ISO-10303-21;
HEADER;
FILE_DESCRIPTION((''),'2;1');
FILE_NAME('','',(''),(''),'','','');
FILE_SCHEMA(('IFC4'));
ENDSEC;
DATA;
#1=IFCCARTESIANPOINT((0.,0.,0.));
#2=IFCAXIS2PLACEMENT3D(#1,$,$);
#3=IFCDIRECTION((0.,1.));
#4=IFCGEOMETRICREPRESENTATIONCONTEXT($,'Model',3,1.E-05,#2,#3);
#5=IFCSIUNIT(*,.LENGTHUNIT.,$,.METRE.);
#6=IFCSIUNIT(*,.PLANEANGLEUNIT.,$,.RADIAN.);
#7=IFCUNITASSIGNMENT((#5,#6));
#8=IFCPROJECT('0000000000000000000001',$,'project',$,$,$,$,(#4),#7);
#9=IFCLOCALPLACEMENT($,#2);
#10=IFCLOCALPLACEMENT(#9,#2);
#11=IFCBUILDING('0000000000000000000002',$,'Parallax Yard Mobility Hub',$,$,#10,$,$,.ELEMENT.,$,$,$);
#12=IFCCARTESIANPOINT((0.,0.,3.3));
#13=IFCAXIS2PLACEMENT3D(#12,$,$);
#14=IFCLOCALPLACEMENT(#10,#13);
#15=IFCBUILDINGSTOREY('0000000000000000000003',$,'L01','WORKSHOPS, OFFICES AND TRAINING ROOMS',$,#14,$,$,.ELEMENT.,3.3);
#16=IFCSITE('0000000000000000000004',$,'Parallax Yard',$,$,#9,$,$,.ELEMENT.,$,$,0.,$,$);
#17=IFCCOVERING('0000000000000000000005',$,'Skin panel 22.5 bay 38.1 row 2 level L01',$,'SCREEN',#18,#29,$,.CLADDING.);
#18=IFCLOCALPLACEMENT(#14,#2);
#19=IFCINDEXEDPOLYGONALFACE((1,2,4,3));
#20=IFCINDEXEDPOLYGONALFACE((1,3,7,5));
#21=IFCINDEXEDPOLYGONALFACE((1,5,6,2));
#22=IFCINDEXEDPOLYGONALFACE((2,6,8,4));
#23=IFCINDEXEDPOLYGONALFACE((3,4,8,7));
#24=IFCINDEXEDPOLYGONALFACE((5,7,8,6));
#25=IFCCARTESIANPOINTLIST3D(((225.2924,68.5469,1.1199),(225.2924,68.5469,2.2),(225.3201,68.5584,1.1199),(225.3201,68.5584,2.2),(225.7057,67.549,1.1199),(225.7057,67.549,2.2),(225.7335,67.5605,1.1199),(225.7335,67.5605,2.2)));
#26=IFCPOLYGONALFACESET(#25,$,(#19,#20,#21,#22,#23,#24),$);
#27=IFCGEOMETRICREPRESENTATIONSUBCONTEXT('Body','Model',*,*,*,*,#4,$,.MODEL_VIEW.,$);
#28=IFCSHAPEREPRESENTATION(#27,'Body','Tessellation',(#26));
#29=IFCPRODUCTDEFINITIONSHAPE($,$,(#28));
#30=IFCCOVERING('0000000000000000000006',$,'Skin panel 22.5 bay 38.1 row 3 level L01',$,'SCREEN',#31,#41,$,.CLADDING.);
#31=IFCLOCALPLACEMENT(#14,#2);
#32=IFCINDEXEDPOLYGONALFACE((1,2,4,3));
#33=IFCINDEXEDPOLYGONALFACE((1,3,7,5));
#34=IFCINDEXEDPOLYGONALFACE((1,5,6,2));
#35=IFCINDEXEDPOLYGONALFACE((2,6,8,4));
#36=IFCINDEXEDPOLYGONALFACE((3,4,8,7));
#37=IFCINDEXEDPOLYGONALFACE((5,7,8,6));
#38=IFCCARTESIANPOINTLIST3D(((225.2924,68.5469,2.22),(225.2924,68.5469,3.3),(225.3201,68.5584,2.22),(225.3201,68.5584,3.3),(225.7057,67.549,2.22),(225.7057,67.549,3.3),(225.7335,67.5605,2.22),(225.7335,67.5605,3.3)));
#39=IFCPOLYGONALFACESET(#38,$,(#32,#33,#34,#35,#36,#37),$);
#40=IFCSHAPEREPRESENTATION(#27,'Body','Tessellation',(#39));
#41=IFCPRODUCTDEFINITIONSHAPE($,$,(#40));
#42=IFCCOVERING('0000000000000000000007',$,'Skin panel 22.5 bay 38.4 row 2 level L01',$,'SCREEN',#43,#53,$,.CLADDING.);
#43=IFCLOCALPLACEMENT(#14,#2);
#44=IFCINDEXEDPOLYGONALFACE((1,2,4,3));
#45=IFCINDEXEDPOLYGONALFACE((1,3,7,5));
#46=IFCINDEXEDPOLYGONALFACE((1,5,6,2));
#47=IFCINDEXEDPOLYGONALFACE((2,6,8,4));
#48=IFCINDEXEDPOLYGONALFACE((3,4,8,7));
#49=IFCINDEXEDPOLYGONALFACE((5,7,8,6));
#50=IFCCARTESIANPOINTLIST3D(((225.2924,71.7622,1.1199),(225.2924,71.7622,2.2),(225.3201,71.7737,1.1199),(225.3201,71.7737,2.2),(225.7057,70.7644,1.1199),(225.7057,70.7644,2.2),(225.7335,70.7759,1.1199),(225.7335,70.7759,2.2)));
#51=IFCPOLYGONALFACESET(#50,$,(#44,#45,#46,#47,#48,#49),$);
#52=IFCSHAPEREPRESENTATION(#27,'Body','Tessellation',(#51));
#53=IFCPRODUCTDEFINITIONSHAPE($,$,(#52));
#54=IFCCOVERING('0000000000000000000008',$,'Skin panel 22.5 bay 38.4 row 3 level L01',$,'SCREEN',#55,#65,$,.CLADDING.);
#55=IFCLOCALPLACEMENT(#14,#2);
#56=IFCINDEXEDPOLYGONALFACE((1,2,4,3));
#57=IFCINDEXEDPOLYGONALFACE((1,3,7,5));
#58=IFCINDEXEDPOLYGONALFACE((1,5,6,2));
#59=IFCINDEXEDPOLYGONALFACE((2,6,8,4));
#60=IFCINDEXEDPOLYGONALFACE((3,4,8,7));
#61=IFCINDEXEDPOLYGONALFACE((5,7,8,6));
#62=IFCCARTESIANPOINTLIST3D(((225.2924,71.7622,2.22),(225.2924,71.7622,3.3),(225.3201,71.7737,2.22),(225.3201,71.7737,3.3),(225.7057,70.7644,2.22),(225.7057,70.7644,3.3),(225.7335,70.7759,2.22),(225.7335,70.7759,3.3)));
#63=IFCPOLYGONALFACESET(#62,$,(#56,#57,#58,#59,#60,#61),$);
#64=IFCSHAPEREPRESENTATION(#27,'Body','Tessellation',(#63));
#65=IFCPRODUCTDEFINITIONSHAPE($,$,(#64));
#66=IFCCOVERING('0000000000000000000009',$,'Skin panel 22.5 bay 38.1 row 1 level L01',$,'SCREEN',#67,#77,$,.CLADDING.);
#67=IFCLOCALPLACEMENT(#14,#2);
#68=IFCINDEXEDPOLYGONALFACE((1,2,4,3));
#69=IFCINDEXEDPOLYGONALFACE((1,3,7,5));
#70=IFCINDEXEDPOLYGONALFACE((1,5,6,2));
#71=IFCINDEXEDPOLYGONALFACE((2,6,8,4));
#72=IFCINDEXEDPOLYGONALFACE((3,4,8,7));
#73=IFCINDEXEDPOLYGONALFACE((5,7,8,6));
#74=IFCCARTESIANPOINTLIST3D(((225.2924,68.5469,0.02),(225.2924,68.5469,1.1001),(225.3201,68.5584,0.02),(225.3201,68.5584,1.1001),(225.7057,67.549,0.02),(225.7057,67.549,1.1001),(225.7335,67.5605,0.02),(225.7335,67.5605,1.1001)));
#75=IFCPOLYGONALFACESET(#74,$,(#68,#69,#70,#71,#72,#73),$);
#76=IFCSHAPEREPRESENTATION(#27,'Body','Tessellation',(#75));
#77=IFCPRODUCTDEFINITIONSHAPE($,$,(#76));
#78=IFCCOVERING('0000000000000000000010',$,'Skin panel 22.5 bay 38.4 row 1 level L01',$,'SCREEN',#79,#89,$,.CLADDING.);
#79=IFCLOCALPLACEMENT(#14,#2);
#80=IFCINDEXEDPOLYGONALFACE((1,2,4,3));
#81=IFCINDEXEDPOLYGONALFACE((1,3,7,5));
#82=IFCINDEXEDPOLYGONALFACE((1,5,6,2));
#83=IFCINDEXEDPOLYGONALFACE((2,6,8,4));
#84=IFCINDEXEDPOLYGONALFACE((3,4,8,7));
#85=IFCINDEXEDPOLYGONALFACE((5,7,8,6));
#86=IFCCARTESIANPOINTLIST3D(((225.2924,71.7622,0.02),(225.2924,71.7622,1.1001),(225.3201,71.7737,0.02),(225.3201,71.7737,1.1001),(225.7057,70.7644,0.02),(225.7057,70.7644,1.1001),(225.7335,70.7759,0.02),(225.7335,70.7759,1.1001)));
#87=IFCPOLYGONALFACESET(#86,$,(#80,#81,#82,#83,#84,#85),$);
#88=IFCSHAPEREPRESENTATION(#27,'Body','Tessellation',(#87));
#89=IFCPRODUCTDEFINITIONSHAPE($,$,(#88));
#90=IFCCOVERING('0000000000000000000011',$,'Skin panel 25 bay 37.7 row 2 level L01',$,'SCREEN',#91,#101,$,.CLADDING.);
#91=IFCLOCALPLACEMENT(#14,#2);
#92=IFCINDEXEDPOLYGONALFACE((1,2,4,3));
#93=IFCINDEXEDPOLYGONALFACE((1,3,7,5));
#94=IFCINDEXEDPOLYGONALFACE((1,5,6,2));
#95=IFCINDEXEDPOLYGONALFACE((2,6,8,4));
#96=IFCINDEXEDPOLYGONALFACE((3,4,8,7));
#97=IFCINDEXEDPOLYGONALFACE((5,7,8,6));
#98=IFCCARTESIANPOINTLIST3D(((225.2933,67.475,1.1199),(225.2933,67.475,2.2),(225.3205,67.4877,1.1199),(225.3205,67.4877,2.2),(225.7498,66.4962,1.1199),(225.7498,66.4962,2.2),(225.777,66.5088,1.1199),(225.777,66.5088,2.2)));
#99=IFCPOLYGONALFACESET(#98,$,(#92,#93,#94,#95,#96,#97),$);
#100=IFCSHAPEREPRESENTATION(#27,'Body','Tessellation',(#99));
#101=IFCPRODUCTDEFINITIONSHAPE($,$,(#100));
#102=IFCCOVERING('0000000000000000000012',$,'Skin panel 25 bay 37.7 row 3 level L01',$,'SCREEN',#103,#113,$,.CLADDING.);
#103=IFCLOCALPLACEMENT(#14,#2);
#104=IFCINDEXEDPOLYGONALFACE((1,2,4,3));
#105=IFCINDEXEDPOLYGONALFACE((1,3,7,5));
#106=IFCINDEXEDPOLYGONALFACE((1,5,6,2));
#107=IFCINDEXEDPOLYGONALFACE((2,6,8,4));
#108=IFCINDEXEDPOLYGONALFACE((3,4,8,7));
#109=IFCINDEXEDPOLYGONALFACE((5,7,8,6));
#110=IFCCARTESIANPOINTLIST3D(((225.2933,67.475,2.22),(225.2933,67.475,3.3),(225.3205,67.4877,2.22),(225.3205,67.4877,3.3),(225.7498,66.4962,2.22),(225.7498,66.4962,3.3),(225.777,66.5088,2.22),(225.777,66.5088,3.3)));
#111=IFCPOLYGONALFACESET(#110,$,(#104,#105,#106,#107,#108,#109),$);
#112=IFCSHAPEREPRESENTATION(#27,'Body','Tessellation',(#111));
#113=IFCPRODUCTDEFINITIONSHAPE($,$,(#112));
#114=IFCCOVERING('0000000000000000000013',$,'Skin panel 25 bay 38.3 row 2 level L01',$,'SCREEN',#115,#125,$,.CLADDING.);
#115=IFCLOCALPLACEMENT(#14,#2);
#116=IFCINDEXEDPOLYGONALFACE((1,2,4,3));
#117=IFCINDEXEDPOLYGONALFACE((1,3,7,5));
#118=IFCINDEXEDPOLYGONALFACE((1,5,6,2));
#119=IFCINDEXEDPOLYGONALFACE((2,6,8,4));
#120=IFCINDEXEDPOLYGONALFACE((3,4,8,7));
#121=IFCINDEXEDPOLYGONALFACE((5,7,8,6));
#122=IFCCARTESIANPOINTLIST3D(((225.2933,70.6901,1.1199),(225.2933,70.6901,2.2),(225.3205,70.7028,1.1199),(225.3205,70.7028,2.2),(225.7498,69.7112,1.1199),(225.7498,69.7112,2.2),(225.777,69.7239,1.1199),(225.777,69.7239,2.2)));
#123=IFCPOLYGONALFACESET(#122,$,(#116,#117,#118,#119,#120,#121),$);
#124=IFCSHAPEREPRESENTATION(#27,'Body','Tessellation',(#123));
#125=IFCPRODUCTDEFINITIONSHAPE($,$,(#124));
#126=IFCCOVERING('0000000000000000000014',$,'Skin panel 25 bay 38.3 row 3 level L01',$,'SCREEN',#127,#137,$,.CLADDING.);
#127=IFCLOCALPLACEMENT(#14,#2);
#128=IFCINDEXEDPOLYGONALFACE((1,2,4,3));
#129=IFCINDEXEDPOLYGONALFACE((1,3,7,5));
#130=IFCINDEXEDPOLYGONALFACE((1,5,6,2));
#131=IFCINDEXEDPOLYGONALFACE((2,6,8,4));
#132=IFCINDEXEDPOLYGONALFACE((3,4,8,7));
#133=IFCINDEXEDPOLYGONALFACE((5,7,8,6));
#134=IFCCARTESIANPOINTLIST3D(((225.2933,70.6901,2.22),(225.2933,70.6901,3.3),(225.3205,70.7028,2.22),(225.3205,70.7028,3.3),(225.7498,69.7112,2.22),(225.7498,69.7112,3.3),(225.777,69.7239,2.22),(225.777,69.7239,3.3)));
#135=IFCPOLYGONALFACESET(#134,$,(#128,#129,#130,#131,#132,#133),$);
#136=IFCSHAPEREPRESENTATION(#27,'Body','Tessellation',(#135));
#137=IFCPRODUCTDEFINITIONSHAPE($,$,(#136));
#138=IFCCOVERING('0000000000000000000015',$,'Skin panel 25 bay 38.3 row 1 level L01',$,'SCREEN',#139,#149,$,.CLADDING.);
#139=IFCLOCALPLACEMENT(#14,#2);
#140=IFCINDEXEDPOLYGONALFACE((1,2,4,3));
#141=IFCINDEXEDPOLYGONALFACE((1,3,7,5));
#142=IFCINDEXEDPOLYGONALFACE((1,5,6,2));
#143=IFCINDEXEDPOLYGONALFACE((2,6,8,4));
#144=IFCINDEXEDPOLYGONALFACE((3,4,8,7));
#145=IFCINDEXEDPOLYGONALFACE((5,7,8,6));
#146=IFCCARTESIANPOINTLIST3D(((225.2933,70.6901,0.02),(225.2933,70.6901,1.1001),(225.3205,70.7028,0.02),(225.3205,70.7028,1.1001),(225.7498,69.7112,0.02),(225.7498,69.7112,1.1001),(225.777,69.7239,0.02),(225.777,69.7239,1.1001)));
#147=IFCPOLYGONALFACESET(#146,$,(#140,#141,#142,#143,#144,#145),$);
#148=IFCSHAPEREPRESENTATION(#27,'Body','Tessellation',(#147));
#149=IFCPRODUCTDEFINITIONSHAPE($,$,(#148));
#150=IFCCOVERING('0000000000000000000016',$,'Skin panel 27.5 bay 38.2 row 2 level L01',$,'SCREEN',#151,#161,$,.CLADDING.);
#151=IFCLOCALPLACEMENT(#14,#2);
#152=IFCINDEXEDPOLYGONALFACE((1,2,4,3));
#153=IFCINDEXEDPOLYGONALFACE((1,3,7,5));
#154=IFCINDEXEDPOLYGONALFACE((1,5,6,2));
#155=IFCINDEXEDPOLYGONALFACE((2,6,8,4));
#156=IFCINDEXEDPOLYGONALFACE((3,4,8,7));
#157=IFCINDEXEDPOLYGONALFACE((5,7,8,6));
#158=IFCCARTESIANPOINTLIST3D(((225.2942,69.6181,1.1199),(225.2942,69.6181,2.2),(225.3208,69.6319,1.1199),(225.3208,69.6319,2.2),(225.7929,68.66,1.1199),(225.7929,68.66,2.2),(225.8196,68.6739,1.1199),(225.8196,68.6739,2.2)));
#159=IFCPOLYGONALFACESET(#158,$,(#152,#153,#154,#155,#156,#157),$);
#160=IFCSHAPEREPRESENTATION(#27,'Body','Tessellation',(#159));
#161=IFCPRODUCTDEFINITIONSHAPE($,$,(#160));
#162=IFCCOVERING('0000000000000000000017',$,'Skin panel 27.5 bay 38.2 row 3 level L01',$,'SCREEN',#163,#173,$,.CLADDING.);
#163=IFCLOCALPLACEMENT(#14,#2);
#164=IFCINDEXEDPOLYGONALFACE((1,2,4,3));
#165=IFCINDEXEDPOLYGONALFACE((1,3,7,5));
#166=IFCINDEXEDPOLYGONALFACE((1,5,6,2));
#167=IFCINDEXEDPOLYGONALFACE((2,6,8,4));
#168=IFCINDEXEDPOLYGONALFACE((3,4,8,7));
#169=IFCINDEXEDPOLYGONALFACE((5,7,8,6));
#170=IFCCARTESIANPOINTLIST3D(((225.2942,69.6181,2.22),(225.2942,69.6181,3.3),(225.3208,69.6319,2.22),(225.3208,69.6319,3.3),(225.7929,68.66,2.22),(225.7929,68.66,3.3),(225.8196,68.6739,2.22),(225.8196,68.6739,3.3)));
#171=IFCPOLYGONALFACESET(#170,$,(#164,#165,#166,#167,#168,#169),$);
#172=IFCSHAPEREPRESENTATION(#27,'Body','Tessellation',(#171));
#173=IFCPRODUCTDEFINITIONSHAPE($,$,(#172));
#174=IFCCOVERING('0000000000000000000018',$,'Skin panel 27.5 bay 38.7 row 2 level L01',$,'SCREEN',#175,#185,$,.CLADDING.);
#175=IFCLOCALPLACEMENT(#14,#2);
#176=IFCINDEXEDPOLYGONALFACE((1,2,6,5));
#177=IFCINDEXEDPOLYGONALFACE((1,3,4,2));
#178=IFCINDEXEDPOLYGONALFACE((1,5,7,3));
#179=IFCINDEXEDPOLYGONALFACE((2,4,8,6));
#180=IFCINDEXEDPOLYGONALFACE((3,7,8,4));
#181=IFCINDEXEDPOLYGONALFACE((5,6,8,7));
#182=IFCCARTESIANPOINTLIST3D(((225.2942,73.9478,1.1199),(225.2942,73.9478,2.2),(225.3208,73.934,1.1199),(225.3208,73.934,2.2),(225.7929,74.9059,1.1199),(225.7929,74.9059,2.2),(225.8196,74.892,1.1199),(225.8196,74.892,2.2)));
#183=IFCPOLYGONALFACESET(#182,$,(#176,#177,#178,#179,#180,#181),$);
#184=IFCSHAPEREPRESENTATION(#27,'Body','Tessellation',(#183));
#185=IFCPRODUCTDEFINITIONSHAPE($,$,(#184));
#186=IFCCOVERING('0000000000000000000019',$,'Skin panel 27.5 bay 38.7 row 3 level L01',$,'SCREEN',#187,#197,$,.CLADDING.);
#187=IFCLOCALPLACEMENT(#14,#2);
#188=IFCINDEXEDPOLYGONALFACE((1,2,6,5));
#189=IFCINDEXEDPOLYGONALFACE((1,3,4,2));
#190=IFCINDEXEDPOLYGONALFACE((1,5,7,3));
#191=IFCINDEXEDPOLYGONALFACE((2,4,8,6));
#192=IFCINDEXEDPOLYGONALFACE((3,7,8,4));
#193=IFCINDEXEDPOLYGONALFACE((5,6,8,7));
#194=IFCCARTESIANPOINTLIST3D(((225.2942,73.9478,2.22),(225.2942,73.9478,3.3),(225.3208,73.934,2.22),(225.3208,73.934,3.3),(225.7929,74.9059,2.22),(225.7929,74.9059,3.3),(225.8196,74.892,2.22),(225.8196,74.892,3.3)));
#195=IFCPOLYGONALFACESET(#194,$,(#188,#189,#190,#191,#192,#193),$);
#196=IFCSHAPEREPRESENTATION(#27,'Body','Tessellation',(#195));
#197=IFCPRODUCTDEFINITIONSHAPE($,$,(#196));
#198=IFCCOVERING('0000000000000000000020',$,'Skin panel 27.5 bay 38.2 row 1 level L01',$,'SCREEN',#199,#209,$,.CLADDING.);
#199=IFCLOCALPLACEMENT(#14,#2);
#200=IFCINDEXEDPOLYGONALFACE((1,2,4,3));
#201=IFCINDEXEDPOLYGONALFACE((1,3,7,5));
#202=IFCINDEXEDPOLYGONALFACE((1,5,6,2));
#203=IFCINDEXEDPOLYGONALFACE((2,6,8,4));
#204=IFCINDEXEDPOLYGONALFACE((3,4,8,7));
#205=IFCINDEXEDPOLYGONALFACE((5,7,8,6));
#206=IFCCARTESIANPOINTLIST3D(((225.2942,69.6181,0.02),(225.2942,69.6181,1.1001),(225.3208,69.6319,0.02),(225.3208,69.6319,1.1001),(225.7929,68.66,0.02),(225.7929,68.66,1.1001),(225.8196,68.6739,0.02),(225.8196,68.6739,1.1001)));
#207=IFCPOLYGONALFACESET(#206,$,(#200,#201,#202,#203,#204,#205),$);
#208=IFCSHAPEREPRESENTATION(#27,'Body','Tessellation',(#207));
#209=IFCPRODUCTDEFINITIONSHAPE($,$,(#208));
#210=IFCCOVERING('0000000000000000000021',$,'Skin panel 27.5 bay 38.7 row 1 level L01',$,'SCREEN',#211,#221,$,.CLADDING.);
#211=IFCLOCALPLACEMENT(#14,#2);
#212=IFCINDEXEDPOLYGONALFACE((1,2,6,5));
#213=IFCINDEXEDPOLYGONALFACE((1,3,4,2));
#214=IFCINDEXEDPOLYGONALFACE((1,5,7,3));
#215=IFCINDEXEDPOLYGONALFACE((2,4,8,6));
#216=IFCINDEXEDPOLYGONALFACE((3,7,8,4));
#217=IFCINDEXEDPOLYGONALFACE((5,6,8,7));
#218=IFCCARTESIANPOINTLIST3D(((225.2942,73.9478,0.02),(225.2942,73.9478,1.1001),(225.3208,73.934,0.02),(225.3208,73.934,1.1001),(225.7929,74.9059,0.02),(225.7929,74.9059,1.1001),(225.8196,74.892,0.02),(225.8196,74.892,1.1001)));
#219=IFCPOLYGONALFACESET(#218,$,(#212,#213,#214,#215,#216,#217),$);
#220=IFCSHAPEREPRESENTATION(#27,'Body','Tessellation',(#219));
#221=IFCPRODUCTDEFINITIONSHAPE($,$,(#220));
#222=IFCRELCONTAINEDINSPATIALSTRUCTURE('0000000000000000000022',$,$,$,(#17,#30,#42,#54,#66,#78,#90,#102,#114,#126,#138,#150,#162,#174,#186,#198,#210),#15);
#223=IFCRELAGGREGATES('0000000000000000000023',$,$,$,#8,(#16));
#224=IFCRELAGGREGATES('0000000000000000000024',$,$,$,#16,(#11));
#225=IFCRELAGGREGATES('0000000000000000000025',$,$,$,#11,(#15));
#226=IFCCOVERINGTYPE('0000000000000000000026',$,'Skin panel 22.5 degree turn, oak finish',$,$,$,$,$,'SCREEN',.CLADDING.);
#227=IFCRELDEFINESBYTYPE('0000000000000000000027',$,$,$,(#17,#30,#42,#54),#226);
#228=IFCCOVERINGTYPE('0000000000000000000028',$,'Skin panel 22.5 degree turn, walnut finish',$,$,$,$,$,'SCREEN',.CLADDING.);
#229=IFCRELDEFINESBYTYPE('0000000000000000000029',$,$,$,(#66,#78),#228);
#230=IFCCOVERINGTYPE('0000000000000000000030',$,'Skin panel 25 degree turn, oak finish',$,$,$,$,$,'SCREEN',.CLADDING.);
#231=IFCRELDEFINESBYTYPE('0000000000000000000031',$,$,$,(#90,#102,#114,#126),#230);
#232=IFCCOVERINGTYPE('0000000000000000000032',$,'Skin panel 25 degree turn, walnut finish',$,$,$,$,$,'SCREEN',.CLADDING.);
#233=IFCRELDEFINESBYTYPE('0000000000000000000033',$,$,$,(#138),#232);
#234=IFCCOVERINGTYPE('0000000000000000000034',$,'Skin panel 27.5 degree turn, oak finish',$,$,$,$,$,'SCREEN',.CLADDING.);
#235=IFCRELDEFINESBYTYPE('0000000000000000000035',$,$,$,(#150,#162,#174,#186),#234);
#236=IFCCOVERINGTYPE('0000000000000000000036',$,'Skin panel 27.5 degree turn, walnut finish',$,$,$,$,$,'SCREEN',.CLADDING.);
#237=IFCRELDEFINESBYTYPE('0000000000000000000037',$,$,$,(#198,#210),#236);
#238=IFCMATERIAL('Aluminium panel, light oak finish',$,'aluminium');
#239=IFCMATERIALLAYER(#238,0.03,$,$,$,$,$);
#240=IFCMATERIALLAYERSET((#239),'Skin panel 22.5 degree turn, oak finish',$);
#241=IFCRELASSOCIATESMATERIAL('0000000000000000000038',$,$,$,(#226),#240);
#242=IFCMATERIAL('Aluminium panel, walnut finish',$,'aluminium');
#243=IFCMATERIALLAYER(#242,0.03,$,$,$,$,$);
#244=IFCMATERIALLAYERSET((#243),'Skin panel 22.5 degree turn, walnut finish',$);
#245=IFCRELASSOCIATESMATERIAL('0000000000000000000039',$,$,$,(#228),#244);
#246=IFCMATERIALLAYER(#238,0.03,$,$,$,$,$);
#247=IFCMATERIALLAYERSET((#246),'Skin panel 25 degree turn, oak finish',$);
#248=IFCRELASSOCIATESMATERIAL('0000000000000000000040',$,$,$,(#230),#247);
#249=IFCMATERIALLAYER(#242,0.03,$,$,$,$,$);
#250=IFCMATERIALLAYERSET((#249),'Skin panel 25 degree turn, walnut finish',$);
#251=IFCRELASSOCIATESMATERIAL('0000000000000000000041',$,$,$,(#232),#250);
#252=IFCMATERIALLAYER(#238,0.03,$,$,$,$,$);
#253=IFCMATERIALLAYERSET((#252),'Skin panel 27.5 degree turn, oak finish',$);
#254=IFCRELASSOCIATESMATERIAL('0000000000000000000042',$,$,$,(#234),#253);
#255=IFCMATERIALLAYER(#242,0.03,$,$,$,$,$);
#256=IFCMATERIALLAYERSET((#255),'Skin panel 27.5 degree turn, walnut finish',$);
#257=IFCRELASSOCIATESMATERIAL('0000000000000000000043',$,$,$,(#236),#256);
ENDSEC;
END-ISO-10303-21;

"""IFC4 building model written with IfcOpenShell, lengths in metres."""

from ifc_helpers import new_model, si_unit, direction, frame, origin, origin_2d, place, context, subcontext, project, spatial, rectangle, extrude, material, layer, layer_set, type_object, element, save


model = new_model("IFC4")

# Units and contexts
model_context = context("Model", 3, precision=1e-05, world=origin(), true_north=direction((0.0, 1.0)))
body_context = subcontext(model_context, "Body", "Model", "MODEL_VIEW")
ifc_project = project(units=[si_unit("LENGTHUNIT", "METRE"), si_unit("PLANEANGLEUNIT", "RADIAN")], contexts=[model_context])

# Site, building, storey
site_placement = place(None, origin())
site = spatial("IfcSite", under=ifc_project, at=site_placement, Name="Parallax Yard", CompositionType="ELEMENT", RefElevation=0.0)
building_placement = place(site_placement, origin())
building = spatial("IfcBuilding", under=site, at=building_placement, Name="Parallax Yard Mobility Hub", CompositionType="ELEMENT")
storey_placement = place(building_placement, frame((0.0, 0.0, 3.3)))
storey = spatial("IfcBuildingStorey", under=building, at=storey_placement, Name="L01", Description="WORKSHOPS, OFFICES AND TRAINING ROOMS", CompositionType="ELEMENT", Elevation=3.3)

# Coverings
ifc_material_1 = material(Name="Aluminium panel, light oak finish", Category="aluminium")
ifc_layer_1 = layer(ifc_material_1, 0.03)
ifc_layer_set_1 = layer_set([ifc_layer_1], Name="Skin panel 22.5 degree turn, oak finish")
covering_type_1 = type_object("IfcCoveringType", Name="Skin panel 22.5 degree turn, oak finish", ElementType="SCREEN", PredefinedType="CLADDING", material=ifc_layer_set_1)
for number, where, z_axis, x_axis, name in (
    (1, (225.5129, 68.0537, 1.1199), (0.0, 0.0, 1.0), (0.382683, -0.92388, 0.0), "Skin panel 22.5 bay 38.1 row 2 level L01"),
    (2, (225.5129, 68.0537, 2.22), (0.0, 0.0, 1.0), (0.382683, -0.92388, 0.0), "Skin panel 22.5 bay 38.1 row 3 level L01"),
    (3, (225.5129, 71.269, 1.1199), (0.0, 0.0, 1.0), (0.382683, -0.92388, 0.0), "Skin panel 22.5 bay 38.4 row 2 level L01"),
    (4, (225.5129, 71.269, 2.22), (0.0, 0.0, 1.0), (0.382683, -0.92388, 0.0), "Skin panel 22.5 bay 38.4 row 3 level L01"),
):
    element("IfcCovering", number, at=place(storey_placement, frame(where, z_axis=z_axis, x_axis=x_axis)), inside=storey, type_object=covering_type_1, Name=name, ObjectType="SCREEN", PredefinedType="CLADDING", context=body_context, shape_type="SweptSolid", body=[
        extrude(rectangle(XDim=1.0801, YDim=0.03, at=origin_2d()), origin(), (0.0, 0.0, 1.0), 1.0801),
    ])
ifc_material_2 = material(Name="Aluminium panel, walnut finish", Category="aluminium")
ifc_layer_2 = layer(ifc_material_2, 0.03)
ifc_layer_set_2 = layer_set([ifc_layer_2], Name="Skin panel 22.5 degree turn, walnut finish")
covering_type_2 = type_object("IfcCoveringType", Name="Skin panel 22.5 degree turn, walnut finish", ElementType="SCREEN", PredefinedType="CLADDING", material=ifc_layer_set_2)
for number, where, z_axis, x_axis, name in (
    (5, (225.5129, 68.0537, 0.02), (0.0, 0.0, 1.0), (0.382683, -0.92388, 0.0), "Skin panel 22.5 bay 38.1 row 1 level L01"),
    (6, (225.5129, 71.269, 0.02), (0.0, 0.0, 1.0), (0.382683, -0.92388, 0.0), "Skin panel 22.5 bay 38.4 row 1 level L01"),
):
    element("IfcCovering", number, at=place(storey_placement, frame(where, z_axis=z_axis, x_axis=x_axis)), inside=storey, type_object=covering_type_2, Name=name, ObjectType="SCREEN", PredefinedType="CLADDING", context=body_context, shape_type="SweptSolid", body=[
        extrude(rectangle(XDim=1.0801, YDim=0.03, at=origin_2d()), origin(), (0.0, 0.0, 1.0), 1.0801),
    ])
ifc_layer_3 = layer(ifc_material_1, 0.03)
ifc_layer_set_3 = layer_set([ifc_layer_3], Name="Skin panel 25 degree turn, oak finish")
covering_type_3 = type_object("IfcCoveringType", Name="Skin panel 25 degree turn, oak finish", ElementType="SCREEN", PredefinedType="CLADDING", material=ifc_layer_set_3)
for number, where, z_axis, x_axis, name in (
    (7, (225.5352, 66.9919, 1.1199), (0.0, 0.0, 1.0), (0.422618, -0.906308, 0.0), "Skin panel 25 bay 37.7 row 2 level L01"),
    (8, (225.5352, 66.9919, 2.22), (0.0, 0.0, 1.0), (0.422618, -0.906308, 0.0), "Skin panel 25 bay 37.7 row 3 level L01"),
    (9, (225.5352, 70.207, 1.1199), (0.0, 0.0, 1.0), (0.422618, -0.906308, 0.0), "Skin panel 25 bay 38.3 row 2 level L01"),
    (10, (225.5352, 70.207, 2.22), (0.0, 0.0, 1.0), (0.422618, -0.906308, 0.0), "Skin panel 25 bay 38.3 row 3 level L01"),
):
    element("IfcCovering", number, at=place(storey_placement, frame(where, z_axis=z_axis, x_axis=x_axis)), inside=storey, type_object=covering_type_3, Name=name, ObjectType="SCREEN", PredefinedType="CLADDING", context=body_context, shape_type="SweptSolid", body=[
        extrude(rectangle(XDim=1.0801, YDim=0.03, at=origin_2d()), origin(), (0.0, 0.0, 1.0), 1.0801),
    ])
ifc_layer_4 = layer(ifc_material_2, 0.03)
ifc_layer_set_4 = layer_set([ifc_layer_4], Name="Skin panel 25 degree turn, walnut finish")
covering_type_4 = type_object("IfcCoveringType", Name="Skin panel 25 degree turn, walnut finish", ElementType="SCREEN", PredefinedType="CLADDING", material=ifc_layer_set_4)
covering_placement = place(storey_placement, frame((225.5352, 70.207, 0.02), z_axis=(0.0, 0.0, 1.0), x_axis=(0.422618, -0.906308, 0.0)))
element("IfcCovering", 11, at=covering_placement, inside=storey, type_object=covering_type_4, Name="Skin panel 25 bay 38.3 row 1 level L01", ObjectType="SCREEN", PredefinedType="CLADDING", context=body_context, shape_type="SweptSolid", body=[
    extrude(rectangle(XDim=1.0801, YDim=0.03, at=origin_2d()), origin(), (0.0, 0.0, 1.0), 1.0801),
])
ifc_layer_5 = layer(ifc_material_1, 0.03)
ifc_layer_set_5 = layer_set([ifc_layer_5], Name="Skin panel 27.5 degree turn, oak finish")
covering_type_5 = type_object("IfcCoveringType", Name="Skin panel 27.5 degree turn, oak finish", ElementType="SCREEN", PredefinedType="CLADDING", material=ifc_layer_set_5)
for number, where, z_axis, x_axis, name in (
    (12, (225.5569, 69.146, 1.1199), (0.0, 0.0, 1.0), (0.461749, -0.887011, 0.0), "Skin panel 27.5 bay 38.2 row 2 level L01"),
    (13, (225.5569, 69.146, 2.22), (0.0, 0.0, 1.0), (0.461749, -0.887011, 0.0), "Skin panel 27.5 bay 38.2 row 3 level L01"),
    (14, (225.5569, 74.4199, 1.1199), (0.0, 0.0, 1.0), (0.461749, 0.887011, 0.0), "Skin panel 27.5 bay 38.7 row 2 level L01"),
    (15, (225.5569, 74.4199, 2.22), (0.0, 0.0, 1.0), (0.461749, 0.887011, 0.0), "Skin panel 27.5 bay 38.7 row 3 level L01"),
):
    element("IfcCovering", number, at=place(storey_placement, frame(where, z_axis=z_axis, x_axis=x_axis)), inside=storey, type_object=covering_type_5, Name=name, ObjectType="SCREEN", PredefinedType="CLADDING", context=body_context, shape_type="SweptSolid", body=[
        extrude(rectangle(XDim=1.0801, YDim=0.03, at=origin_2d()), origin(), (0.0, 0.0, 1.0), 1.0801),
    ])
ifc_layer_6 = layer(ifc_material_2, 0.03)
ifc_layer_set_6 = layer_set([ifc_layer_6], Name="Skin panel 27.5 degree turn, walnut finish")
covering_type_6 = type_object("IfcCoveringType", Name="Skin panel 27.5 degree turn, walnut finish", ElementType="SCREEN", PredefinedType="CLADDING", material=ifc_layer_set_6)
for number, where, z_axis, x_axis, name in (
    (16, (225.5569, 69.146, 0.02), (0.0, 0.0, 1.0), (0.461749, -0.887011, 0.0), "Skin panel 27.5 bay 38.2 row 1 level L01"),
    (17, (225.5569, 74.4199, 0.02), (0.0, 0.0, 1.0), (0.461749, 0.887011, 0.0), "Skin panel 27.5 bay 38.7 row 1 level L01"),
):
    element("IfcCovering", number, at=place(storey_placement, frame(where, z_axis=z_axis, x_axis=x_axis)), inside=storey, type_object=covering_type_6, Name=name, ObjectType="SCREEN", PredefinedType="CLADDING", context=body_context, shape_type="SweptSolid", body=[
        extrude(rectangle(XDim=1.0801, YDim=0.03, at=origin_2d()), origin(), (0.0, 0.0, 1.0), 1.0801),
    ])

save(model, "model.ifc")
